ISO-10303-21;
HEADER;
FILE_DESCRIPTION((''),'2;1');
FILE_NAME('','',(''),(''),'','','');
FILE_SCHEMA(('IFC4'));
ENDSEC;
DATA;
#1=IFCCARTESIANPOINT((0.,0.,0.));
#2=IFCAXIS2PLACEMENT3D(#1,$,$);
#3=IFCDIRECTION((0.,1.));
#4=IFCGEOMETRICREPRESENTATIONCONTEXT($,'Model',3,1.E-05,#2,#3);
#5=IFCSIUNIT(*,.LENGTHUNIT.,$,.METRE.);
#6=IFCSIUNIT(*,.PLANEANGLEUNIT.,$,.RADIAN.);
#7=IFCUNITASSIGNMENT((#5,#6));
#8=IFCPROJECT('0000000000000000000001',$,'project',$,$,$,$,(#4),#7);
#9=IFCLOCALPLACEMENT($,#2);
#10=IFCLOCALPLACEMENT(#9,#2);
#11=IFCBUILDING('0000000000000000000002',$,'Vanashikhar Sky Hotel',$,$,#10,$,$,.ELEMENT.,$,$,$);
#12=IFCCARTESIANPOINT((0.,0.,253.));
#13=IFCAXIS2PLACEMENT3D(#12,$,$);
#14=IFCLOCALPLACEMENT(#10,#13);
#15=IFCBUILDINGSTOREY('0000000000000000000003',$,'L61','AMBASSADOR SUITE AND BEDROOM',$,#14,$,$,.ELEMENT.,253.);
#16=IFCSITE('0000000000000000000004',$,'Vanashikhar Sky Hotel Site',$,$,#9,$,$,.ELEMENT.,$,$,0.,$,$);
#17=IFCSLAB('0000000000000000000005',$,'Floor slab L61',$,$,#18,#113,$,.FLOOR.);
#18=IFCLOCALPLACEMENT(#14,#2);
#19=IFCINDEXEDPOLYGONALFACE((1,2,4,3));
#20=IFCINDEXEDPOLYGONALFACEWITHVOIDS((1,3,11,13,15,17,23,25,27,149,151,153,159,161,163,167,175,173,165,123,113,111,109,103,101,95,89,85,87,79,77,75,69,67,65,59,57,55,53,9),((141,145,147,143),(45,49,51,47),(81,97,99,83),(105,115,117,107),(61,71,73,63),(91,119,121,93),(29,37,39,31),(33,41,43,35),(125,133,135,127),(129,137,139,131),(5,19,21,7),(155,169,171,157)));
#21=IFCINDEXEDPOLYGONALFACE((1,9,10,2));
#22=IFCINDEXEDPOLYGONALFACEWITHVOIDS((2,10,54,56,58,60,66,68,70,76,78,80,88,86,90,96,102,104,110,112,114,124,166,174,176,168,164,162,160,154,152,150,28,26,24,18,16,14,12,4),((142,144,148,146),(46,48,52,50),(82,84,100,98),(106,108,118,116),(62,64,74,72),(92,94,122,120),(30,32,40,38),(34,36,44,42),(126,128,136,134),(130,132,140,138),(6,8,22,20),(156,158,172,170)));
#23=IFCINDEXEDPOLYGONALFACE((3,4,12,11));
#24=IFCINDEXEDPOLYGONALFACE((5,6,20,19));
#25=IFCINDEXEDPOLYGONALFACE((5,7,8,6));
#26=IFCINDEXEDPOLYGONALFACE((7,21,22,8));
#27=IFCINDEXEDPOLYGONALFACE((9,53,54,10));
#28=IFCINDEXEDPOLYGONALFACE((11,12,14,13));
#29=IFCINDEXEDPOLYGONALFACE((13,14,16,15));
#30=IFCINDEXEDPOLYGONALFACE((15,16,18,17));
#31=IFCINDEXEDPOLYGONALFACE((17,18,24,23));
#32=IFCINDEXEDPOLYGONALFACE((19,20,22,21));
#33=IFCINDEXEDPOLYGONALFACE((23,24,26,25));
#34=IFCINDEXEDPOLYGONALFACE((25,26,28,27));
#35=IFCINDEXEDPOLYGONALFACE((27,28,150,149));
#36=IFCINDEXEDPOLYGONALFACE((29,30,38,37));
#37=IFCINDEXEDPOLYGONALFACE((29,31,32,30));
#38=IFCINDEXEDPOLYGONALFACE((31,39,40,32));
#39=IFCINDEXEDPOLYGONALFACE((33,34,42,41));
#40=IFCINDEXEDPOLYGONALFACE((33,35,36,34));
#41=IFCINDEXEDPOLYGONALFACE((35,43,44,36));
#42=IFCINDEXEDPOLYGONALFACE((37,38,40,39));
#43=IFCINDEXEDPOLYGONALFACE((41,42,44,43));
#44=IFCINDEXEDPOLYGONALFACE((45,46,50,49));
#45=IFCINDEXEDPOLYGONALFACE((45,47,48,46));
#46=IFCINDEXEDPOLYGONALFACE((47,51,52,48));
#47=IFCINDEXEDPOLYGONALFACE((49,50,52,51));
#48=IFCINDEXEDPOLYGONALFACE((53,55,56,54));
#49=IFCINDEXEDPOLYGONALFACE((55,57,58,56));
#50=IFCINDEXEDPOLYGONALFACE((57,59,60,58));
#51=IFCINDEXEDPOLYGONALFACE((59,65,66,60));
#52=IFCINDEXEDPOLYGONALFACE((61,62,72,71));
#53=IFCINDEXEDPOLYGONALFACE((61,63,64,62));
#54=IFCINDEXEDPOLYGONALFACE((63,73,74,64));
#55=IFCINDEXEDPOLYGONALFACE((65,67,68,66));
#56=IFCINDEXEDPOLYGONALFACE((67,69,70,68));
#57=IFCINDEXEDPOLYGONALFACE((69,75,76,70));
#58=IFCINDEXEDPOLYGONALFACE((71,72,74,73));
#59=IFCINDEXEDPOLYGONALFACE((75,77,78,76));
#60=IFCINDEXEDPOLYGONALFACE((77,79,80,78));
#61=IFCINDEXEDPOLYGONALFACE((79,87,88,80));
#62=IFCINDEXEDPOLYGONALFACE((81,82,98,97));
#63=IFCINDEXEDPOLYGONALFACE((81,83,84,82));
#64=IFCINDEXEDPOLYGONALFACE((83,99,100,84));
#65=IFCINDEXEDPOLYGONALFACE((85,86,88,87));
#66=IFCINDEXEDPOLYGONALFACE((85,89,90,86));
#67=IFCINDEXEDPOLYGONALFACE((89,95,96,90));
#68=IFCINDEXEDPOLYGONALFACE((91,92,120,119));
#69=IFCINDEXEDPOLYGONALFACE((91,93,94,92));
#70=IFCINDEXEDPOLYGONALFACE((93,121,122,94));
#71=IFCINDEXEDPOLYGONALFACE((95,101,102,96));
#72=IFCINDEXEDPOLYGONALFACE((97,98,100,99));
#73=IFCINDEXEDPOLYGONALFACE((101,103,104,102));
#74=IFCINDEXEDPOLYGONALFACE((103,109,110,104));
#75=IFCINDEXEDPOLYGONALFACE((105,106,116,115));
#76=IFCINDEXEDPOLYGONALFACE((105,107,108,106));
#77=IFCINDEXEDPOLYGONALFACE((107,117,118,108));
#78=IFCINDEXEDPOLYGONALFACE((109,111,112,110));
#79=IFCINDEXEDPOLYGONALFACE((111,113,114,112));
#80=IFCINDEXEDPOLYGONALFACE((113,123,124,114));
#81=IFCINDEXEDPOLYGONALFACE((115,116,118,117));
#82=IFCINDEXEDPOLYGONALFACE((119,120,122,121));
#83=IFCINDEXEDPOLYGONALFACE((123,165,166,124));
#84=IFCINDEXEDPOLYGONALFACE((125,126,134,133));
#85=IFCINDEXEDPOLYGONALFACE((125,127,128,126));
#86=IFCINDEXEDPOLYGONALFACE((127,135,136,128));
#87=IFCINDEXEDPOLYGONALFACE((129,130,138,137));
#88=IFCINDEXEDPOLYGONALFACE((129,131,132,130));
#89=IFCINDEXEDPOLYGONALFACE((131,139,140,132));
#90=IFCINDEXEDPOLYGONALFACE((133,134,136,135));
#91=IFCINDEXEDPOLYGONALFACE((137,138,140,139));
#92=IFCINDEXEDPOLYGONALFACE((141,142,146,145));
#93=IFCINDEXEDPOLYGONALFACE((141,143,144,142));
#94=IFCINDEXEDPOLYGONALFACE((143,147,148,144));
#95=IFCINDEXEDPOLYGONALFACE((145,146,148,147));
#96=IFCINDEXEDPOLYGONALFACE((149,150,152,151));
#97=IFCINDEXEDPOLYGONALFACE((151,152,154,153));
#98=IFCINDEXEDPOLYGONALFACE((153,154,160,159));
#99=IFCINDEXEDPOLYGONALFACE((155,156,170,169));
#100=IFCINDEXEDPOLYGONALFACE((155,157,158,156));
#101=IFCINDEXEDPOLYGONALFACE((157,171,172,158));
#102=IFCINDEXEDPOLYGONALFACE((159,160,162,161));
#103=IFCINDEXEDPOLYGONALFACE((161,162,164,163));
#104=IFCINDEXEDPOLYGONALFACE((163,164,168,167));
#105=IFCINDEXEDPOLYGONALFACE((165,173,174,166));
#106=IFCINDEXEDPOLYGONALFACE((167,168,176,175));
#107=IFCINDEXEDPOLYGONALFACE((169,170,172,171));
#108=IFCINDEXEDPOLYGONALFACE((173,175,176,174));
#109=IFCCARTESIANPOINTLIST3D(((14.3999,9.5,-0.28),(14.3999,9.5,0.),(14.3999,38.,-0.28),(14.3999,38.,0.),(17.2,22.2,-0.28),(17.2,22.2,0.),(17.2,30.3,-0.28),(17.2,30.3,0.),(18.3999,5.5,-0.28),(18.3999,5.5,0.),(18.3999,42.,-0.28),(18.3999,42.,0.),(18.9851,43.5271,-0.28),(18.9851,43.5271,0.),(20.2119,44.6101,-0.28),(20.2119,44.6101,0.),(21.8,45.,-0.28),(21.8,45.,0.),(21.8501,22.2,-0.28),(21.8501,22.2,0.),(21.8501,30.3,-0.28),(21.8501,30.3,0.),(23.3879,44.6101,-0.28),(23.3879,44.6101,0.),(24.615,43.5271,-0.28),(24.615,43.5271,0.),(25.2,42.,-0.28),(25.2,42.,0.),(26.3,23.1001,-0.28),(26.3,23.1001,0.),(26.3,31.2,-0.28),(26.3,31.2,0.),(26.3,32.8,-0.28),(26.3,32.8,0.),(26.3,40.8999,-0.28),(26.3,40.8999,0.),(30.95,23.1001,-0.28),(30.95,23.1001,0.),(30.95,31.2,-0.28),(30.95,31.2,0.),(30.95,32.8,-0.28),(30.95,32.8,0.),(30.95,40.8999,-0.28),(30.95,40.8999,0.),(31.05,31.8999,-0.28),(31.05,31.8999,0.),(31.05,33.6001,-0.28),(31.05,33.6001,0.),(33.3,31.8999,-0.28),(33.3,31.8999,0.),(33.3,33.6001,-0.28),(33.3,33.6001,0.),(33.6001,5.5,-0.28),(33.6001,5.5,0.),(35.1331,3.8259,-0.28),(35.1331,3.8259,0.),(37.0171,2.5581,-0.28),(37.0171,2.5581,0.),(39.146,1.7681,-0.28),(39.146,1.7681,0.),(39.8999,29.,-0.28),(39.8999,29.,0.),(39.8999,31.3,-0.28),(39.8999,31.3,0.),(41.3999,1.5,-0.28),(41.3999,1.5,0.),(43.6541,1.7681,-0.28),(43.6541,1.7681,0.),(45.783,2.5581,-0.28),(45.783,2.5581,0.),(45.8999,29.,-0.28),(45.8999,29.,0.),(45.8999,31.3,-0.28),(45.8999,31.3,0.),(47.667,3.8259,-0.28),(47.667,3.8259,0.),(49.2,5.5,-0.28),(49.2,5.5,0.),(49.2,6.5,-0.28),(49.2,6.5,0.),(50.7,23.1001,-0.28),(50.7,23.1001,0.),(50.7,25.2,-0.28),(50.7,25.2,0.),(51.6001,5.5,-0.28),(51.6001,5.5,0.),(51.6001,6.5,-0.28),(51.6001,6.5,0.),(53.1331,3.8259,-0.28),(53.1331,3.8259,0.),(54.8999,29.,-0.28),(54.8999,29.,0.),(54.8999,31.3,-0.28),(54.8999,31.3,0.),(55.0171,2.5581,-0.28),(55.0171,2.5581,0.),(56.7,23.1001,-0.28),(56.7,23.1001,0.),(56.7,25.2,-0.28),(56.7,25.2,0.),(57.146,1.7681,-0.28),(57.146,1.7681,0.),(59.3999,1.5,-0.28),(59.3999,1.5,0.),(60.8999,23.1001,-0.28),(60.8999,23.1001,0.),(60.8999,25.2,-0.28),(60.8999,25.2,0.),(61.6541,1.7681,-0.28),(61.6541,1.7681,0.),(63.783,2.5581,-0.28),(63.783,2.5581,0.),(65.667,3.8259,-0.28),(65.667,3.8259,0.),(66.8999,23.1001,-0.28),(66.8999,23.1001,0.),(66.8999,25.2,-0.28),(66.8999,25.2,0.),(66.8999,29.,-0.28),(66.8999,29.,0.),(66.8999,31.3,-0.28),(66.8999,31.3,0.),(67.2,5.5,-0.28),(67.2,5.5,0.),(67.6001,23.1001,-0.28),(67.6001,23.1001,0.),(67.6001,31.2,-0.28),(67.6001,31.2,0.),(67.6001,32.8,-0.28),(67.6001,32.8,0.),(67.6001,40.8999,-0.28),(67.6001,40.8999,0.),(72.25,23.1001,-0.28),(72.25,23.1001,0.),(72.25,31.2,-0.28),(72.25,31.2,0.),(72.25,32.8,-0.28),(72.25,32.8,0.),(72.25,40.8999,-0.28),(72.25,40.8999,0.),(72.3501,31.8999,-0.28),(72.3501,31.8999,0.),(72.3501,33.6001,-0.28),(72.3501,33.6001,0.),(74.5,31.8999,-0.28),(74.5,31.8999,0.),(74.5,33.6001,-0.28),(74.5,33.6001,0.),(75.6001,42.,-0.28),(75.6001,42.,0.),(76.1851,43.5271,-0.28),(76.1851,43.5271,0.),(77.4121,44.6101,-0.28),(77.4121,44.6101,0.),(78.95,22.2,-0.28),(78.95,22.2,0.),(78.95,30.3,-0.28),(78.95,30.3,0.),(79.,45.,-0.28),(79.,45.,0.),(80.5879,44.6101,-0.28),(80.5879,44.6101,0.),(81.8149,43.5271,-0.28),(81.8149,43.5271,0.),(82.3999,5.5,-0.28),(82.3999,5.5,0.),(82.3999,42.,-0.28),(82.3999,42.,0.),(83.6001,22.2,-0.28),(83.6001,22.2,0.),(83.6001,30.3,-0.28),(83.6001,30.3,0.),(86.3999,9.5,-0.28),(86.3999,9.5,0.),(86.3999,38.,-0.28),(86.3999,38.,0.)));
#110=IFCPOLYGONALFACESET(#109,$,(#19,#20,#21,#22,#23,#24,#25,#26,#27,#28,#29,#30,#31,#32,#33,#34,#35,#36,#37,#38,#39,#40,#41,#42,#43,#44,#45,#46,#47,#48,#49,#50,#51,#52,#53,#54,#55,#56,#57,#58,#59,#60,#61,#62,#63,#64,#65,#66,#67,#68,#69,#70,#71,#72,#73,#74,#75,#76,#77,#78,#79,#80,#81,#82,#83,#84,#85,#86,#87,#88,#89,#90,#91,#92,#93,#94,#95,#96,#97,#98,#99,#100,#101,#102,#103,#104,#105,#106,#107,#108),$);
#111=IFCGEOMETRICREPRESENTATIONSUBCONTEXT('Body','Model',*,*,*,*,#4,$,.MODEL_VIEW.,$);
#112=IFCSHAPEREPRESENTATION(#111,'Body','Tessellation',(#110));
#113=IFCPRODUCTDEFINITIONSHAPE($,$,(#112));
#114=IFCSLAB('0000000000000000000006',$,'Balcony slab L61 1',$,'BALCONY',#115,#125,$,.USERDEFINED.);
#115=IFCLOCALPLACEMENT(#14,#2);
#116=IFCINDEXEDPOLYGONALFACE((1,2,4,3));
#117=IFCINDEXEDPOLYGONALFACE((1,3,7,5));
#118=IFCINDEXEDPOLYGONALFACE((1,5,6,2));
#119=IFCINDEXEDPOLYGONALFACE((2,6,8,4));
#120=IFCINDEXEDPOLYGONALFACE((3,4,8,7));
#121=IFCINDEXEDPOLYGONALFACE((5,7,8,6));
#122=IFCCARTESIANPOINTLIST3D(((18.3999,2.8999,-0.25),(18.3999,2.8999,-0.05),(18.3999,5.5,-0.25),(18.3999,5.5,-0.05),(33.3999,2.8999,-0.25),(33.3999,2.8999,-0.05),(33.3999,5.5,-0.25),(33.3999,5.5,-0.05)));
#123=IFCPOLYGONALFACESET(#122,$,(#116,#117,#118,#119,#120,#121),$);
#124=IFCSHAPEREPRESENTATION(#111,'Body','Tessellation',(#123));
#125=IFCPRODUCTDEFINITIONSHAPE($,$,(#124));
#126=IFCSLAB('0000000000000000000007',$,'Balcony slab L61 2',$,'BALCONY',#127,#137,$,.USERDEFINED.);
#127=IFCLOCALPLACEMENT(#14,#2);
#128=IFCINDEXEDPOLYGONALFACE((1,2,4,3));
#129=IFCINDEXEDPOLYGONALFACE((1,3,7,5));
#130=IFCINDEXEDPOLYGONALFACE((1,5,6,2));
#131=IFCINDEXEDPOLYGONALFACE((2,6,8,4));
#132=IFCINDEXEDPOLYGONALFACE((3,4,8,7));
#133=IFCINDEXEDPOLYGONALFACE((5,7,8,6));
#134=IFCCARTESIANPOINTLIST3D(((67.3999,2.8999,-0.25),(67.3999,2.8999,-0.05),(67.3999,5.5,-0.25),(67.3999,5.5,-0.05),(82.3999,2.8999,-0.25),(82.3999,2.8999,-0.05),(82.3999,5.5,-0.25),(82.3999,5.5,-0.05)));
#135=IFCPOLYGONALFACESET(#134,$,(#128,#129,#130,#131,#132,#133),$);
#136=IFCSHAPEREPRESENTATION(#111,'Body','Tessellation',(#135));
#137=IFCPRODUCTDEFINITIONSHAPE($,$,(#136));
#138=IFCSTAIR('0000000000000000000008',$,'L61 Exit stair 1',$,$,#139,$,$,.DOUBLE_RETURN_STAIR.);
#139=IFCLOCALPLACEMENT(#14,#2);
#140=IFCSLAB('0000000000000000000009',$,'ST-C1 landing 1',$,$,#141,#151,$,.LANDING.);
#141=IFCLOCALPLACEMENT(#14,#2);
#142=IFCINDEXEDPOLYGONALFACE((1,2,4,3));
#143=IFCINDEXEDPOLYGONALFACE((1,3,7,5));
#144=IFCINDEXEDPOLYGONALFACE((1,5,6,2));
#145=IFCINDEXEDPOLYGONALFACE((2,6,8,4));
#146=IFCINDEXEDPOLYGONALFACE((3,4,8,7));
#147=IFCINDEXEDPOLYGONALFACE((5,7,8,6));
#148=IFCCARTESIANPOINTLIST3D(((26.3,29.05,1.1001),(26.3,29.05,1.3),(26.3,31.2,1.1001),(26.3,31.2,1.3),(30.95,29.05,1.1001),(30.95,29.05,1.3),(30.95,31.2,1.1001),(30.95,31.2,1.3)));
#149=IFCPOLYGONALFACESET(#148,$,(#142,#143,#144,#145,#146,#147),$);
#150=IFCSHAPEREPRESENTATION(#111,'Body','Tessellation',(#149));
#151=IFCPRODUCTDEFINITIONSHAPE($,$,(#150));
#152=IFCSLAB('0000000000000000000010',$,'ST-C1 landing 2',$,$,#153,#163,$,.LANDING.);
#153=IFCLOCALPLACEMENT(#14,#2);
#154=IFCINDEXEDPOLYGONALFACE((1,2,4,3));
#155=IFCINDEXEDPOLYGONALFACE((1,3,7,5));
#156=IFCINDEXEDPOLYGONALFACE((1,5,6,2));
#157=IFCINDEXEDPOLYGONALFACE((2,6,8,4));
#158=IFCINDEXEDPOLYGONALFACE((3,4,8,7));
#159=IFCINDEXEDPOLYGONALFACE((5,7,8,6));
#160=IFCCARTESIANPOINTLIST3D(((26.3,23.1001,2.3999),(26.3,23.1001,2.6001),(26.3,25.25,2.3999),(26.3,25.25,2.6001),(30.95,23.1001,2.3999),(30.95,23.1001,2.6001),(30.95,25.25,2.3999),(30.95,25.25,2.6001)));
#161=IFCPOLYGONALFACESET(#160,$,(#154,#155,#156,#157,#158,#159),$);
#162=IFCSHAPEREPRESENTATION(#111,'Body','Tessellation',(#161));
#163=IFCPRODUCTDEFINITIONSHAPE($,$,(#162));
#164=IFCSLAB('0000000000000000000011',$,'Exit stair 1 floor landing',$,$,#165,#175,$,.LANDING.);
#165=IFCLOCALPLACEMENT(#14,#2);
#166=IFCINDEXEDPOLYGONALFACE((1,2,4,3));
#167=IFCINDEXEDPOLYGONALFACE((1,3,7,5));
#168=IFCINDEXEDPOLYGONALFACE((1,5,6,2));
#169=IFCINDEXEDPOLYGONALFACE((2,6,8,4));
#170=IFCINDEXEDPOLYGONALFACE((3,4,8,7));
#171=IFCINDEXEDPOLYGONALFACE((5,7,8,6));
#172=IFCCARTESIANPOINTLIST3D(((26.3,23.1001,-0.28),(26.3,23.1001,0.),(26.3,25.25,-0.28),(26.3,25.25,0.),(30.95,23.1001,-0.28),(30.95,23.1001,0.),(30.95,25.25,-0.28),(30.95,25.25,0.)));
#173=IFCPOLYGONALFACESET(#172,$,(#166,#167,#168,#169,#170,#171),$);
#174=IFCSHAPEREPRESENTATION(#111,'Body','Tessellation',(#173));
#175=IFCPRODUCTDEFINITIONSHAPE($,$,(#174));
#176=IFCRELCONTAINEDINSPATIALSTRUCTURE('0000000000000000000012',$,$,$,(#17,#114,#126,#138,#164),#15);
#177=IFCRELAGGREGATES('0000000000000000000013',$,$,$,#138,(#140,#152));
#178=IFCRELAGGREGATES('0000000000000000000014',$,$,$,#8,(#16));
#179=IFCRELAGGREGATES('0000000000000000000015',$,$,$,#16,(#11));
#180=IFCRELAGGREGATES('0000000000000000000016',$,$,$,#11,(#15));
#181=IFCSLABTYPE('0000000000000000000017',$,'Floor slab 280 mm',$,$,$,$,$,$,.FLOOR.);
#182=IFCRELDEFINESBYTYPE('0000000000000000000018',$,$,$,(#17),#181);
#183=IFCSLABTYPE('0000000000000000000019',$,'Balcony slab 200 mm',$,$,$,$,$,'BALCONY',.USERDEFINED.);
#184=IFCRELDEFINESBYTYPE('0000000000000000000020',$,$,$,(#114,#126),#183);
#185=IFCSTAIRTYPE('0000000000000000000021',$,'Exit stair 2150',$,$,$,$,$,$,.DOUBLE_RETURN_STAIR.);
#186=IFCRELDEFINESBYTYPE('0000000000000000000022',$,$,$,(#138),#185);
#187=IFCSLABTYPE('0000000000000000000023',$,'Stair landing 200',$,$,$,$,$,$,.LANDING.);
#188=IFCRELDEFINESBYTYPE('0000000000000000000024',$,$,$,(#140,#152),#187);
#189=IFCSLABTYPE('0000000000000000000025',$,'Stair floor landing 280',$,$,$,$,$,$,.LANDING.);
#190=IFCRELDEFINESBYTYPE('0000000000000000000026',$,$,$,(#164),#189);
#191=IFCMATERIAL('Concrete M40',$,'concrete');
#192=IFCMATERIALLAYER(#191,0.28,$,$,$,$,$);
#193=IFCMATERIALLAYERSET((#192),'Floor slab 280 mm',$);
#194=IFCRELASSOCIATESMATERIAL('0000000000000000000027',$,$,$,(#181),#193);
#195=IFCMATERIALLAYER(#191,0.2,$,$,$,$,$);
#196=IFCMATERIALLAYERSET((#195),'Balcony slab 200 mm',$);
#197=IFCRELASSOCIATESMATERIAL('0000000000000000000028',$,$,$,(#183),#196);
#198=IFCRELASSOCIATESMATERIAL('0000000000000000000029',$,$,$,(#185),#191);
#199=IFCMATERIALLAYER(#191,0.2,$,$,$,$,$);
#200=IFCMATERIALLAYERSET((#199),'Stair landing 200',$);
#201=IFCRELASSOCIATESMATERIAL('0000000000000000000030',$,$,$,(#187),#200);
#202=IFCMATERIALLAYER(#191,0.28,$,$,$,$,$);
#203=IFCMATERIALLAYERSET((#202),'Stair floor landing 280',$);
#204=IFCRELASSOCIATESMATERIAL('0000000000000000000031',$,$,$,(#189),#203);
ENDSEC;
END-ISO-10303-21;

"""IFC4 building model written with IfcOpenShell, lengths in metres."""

from ifc_helpers import new_model, si_unit, direction, frame, origin, place, context, subcontext, project, spatial, polyline, outline, extrude, source, transform, mapped, material, layer, layer_set, type_object, element, aggregate, save


model = new_model("IFC4")

# Units and contexts
model_context = context("Model", 3, precision=1e-05, world=origin(), true_north=direction((0.0, 1.0)))
body_context = subcontext(model_context, "Body", "Model", "MODEL_VIEW")
ifc_project = project(units=[si_unit("LENGTHUNIT", "METRE"), si_unit("PLANEANGLEUNIT", "RADIAN")], contexts=[model_context])

# Site, building, storey
site_placement = place(None, origin())
site = spatial("IfcSite", under=ifc_project, at=site_placement, Name="Vanashikhar Sky Hotel Site", CompositionType="ELEMENT", RefElevation=0.0)
building_placement = place(site_placement, origin())
building = spatial("IfcBuilding", under=site, at=building_placement, Name="Vanashikhar Sky Hotel", CompositionType="ELEMENT")
storey_placement = place(building_placement, frame((0.0, 0.0, 253.0)))
storey = spatial("IfcBuildingStorey", under=building, at=storey_placement, Name="L61", Description="AMBASSADOR SUITE AND BEDROOM", CompositionType="ELEMENT", Elevation=253.0)

# Slabs
ifc_material = material(Name="Concrete M40", Category="concrete")
ifc_layer_1 = layer(ifc_material, 0.28)
ifc_layer_set_1 = layer_set([ifc_layer_1], Name="Floor slab 280 mm")
slab_type_1 = type_object("IfcSlabType", Name="Floor slab 280 mm", PredefinedType="FLOOR", material=ifc_layer_set_1)
shared_shape_1 = source(origin(), body_context, "Body", "SweptSolid", [
    extrude(outline(polyline([(49.2, 5.5), (49.2, 6.5), (51.6001, 6.5), (51.6001, 5.5), (53.1331, 3.8259), (55.0171, 2.5581), (57.146, 1.7681), (59.3999, 1.5), (61.6541, 1.7681), (63.783, 2.5581), (65.667, 3.8259), (67.2, 5.5), (82.3999, 5.5), (86.3999, 9.5), (86.3999, 38.0), (82.3999, 42.0), (81.8149, 43.5271), (80.5879, 44.6101), (79.0, 45.0), (77.4121, 44.6101), (76.1851, 43.5271), (75.6001, 42.0), (25.2, 42.0), (24.615, 43.5271), (23.3879, 44.6101), (21.8, 45.0), (20.2119, 44.6101), (18.9851, 43.5271), (18.3999, 42.0), (14.3999, 38.0), (14.3999, 9.5), (18.3999, 5.5), (33.6001, 5.5), (35.1331, 3.8259), (37.0171, 2.5581), (39.146, 1.7681), (41.3999, 1.5), (43.6541, 1.7681), (45.783, 2.5581), (47.667, 3.8259), (49.2, 5.5)]), holes=[polyline([(33.3, 33.6001), (31.05, 33.6001), (31.05, 31.8999), (33.3, 31.8999), (33.3, 33.6001)]), polyline([(39.8999, 31.3), (39.8999, 29.0), (45.8999, 29.0), (45.8999, 31.3), (39.8999, 31.3)]), polyline([(50.7, 25.2), (50.7, 23.1001), (56.7, 23.1001), (56.7, 25.2), (50.7, 25.2)]), polyline([(66.8999, 29.0), (66.8999, 31.3), (54.8999, 31.3), (54.8999, 29.0), (66.8999, 29.0)]), polyline([(60.8999, 25.2), (60.8999, 23.1001), (66.8999, 23.1001), (66.8999, 25.2), (60.8999, 25.2)]), polyline([(74.5, 33.6001), (72.3501, 33.6001), (72.3501, 31.8999), (74.5, 31.8999), (74.5, 33.6001)]), polyline([(30.95, 23.1001), (30.95, 31.2), (26.3, 31.2), (26.3, 23.1001), (30.95, 23.1001)]), polyline([(72.25, 23.1001), (72.25, 31.2), (67.6001, 31.2), (67.6001, 23.1001), (72.25, 23.1001)]), polyline([(30.95, 32.8), (30.95, 40.8999), (26.3, 40.8999), (26.3, 32.8), (30.95, 32.8)]), polyline([(72.25, 32.8), (72.25, 40.8999), (67.6001, 40.8999), (67.6001, 32.8), (72.25, 32.8)]), polyline([(83.6001, 22.2), (83.6001, 30.3), (78.95, 30.3), (78.95, 22.2), (83.6001, 22.2)]), polyline([(21.8501, 22.2), (21.8501, 30.3), (17.2, 30.3), (17.2, 22.2), (21.8501, 22.2)])]), origin(), (0.0, 0.0, 1.0), 0.28),
])
slab_1_placement = place(storey_placement, frame((0.0, 0.0, -0.28)))
element("IfcSlab", 1, at=slab_1_placement, inside=storey, type_object=slab_type_1, Name="Floor slab L61", PredefinedType="FLOOR", context=body_context, shape_type="MappedRepresentation", body=[
    mapped(shared_shape_1, transform((0.0, 0.0, 0.0), scale=1.0)),
])
ifc_layer_2 = layer(ifc_material, 0.2)
ifc_layer_set_2 = layer_set([ifc_layer_2], Name="Balcony slab 200 mm")
slab_type_2 = type_object("IfcSlabType", Name="Balcony slab 200 mm", ElementType="BALCONY", PredefinedType="USERDEFINED", material=ifc_layer_set_2)
shared_shape_2 = source(origin(), body_context, "Body", "SweptSolid", [
    extrude(outline(polyline([(18.3999, 2.8999), (33.3999, 2.8999), (33.3999, 5.5), (18.3999, 5.5), (18.3999, 2.8999)])), origin(), (0.0, 0.0, 1.0), 0.2),
])
slab_2_placement = place(storey_placement, frame((0.0, 0.0, -0.25)))
element("IfcSlab", 2, at=slab_2_placement, inside=storey, type_object=slab_type_2, Name="Balcony slab L61 1", ObjectType="BALCONY", PredefinedType="USERDEFINED", context=body_context, shape_type="MappedRepresentation", body=[
    mapped(shared_shape_2, transform((0.0, 0.0, 0.0), scale=1.0)),
])
shared_shape_3 = source(origin(), body_context, "Body", "SweptSolid", [
    extrude(outline(polyline([(67.3999, 2.8999), (82.3999, 2.8999), (82.3999, 5.5), (67.3999, 5.5), (67.3999, 2.8999)])), origin(), (0.0, 0.0, 1.0), 0.2),
])
slab_3_placement = place(storey_placement, frame((0.0, 0.0, -0.25)))
element("IfcSlab", 3, at=slab_3_placement, inside=storey, type_object=slab_type_2, Name="Balcony slab L61 2", ObjectType="BALCONY", PredefinedType="USERDEFINED", context=body_context, shape_type="MappedRepresentation", body=[
    mapped(shared_shape_3, transform((0.0, 0.0, 0.0), scale=1.0)),
])

# Stair, slabs
stair_type = type_object("IfcStairType", Name="Exit stair 2150", PredefinedType="DOUBLE_RETURN_STAIR", material=ifc_material)
stair_1_placement = place(storey_placement, origin())
stair_1 = element("IfcStair", 4, at=stair_1_placement, inside=storey, type_object=stair_type, Name="L61 Exit stair 1", PredefinedType="DOUBLE_RETURN_STAIR")
ifc_layer_3 = layer(ifc_material, 0.2)
ifc_layer_set_3 = layer_set([ifc_layer_3], Name="Stair landing 200")
slab_type_3 = type_object("IfcSlabType", Name="Stair landing 200", PredefinedType="LANDING", material=ifc_layer_set_3)
shared_shape_4 = source(origin(), body_context, "Body", "SweptSolid", [
    extrude(outline(polyline([(30.95, 29.05), (30.95, 31.2), (26.3, 31.2), (26.3, 29.05), (30.95, 29.05)])), origin(), (0.0, 0.0, 1.0), 0.2),
])
slab_4_placement = place(storey_placement, frame((0.0, 0.0, 1.1001)))
slab_4 = element("IfcSlab", 5, at=slab_4_placement, type_object=slab_type_3, Name="ST-C1 landing 1", PredefinedType="LANDING", context=body_context, shape_type="MappedRepresentation", body=[
    mapped(shared_shape_4, transform((0.0, 0.0, 0.0), scale=1.0)),
])
shared_shape_5 = source(origin(), body_context, "Body", "SweptSolid", [
    extrude(outline(polyline([(30.95, 23.1001), (30.95, 25.25), (26.3, 25.25), (26.3, 23.1001), (30.95, 23.1001)])), origin(), (0.0, 0.0, 1.0), 0.2002),
])
slab_5_placement = place(storey_placement, frame((0.0, 0.0, 2.3999)))
slab_5 = element("IfcSlab", 6, at=slab_5_placement, type_object=slab_type_3, Name="ST-C1 landing 2", PredefinedType="LANDING", context=body_context, shape_type="MappedRepresentation", body=[
    mapped(shared_shape_5, transform((0.0, 0.0, 0.0), scale=1.0)),
])
aggregate(stair_1, [slab_4, slab_5])

# Slab
ifc_layer_4 = layer(ifc_material, 0.28)
ifc_layer_set_4 = layer_set([ifc_layer_4], Name="Stair floor landing 280")
slab_type_4 = type_object("IfcSlabType", Name="Stair floor landing 280", PredefinedType="LANDING", material=ifc_layer_set_4)
shared_shape_6 = source(origin(), body_context, "Body", "SweptSolid", [
    extrude(outline(polyline([(30.95, 23.1001), (30.95, 25.25), (26.3, 25.25), (26.3, 23.1001), (30.95, 23.1001)])), origin(), (0.0, 0.0, 1.0), 0.28),
])
slab_6_placement = place(storey_placement, frame((0.0, 0.0, -0.28)))
element("IfcSlab", 7, at=slab_6_placement, inside=storey, type_object=slab_type_4, Name="Exit stair 1 floor landing", PredefinedType="LANDING", context=body_context, shape_type="MappedRepresentation", body=[
    mapped(shared_shape_6, transform((0.0, 0.0, 0.0), scale=1.0)),
])

save(model, "model.ifc")
